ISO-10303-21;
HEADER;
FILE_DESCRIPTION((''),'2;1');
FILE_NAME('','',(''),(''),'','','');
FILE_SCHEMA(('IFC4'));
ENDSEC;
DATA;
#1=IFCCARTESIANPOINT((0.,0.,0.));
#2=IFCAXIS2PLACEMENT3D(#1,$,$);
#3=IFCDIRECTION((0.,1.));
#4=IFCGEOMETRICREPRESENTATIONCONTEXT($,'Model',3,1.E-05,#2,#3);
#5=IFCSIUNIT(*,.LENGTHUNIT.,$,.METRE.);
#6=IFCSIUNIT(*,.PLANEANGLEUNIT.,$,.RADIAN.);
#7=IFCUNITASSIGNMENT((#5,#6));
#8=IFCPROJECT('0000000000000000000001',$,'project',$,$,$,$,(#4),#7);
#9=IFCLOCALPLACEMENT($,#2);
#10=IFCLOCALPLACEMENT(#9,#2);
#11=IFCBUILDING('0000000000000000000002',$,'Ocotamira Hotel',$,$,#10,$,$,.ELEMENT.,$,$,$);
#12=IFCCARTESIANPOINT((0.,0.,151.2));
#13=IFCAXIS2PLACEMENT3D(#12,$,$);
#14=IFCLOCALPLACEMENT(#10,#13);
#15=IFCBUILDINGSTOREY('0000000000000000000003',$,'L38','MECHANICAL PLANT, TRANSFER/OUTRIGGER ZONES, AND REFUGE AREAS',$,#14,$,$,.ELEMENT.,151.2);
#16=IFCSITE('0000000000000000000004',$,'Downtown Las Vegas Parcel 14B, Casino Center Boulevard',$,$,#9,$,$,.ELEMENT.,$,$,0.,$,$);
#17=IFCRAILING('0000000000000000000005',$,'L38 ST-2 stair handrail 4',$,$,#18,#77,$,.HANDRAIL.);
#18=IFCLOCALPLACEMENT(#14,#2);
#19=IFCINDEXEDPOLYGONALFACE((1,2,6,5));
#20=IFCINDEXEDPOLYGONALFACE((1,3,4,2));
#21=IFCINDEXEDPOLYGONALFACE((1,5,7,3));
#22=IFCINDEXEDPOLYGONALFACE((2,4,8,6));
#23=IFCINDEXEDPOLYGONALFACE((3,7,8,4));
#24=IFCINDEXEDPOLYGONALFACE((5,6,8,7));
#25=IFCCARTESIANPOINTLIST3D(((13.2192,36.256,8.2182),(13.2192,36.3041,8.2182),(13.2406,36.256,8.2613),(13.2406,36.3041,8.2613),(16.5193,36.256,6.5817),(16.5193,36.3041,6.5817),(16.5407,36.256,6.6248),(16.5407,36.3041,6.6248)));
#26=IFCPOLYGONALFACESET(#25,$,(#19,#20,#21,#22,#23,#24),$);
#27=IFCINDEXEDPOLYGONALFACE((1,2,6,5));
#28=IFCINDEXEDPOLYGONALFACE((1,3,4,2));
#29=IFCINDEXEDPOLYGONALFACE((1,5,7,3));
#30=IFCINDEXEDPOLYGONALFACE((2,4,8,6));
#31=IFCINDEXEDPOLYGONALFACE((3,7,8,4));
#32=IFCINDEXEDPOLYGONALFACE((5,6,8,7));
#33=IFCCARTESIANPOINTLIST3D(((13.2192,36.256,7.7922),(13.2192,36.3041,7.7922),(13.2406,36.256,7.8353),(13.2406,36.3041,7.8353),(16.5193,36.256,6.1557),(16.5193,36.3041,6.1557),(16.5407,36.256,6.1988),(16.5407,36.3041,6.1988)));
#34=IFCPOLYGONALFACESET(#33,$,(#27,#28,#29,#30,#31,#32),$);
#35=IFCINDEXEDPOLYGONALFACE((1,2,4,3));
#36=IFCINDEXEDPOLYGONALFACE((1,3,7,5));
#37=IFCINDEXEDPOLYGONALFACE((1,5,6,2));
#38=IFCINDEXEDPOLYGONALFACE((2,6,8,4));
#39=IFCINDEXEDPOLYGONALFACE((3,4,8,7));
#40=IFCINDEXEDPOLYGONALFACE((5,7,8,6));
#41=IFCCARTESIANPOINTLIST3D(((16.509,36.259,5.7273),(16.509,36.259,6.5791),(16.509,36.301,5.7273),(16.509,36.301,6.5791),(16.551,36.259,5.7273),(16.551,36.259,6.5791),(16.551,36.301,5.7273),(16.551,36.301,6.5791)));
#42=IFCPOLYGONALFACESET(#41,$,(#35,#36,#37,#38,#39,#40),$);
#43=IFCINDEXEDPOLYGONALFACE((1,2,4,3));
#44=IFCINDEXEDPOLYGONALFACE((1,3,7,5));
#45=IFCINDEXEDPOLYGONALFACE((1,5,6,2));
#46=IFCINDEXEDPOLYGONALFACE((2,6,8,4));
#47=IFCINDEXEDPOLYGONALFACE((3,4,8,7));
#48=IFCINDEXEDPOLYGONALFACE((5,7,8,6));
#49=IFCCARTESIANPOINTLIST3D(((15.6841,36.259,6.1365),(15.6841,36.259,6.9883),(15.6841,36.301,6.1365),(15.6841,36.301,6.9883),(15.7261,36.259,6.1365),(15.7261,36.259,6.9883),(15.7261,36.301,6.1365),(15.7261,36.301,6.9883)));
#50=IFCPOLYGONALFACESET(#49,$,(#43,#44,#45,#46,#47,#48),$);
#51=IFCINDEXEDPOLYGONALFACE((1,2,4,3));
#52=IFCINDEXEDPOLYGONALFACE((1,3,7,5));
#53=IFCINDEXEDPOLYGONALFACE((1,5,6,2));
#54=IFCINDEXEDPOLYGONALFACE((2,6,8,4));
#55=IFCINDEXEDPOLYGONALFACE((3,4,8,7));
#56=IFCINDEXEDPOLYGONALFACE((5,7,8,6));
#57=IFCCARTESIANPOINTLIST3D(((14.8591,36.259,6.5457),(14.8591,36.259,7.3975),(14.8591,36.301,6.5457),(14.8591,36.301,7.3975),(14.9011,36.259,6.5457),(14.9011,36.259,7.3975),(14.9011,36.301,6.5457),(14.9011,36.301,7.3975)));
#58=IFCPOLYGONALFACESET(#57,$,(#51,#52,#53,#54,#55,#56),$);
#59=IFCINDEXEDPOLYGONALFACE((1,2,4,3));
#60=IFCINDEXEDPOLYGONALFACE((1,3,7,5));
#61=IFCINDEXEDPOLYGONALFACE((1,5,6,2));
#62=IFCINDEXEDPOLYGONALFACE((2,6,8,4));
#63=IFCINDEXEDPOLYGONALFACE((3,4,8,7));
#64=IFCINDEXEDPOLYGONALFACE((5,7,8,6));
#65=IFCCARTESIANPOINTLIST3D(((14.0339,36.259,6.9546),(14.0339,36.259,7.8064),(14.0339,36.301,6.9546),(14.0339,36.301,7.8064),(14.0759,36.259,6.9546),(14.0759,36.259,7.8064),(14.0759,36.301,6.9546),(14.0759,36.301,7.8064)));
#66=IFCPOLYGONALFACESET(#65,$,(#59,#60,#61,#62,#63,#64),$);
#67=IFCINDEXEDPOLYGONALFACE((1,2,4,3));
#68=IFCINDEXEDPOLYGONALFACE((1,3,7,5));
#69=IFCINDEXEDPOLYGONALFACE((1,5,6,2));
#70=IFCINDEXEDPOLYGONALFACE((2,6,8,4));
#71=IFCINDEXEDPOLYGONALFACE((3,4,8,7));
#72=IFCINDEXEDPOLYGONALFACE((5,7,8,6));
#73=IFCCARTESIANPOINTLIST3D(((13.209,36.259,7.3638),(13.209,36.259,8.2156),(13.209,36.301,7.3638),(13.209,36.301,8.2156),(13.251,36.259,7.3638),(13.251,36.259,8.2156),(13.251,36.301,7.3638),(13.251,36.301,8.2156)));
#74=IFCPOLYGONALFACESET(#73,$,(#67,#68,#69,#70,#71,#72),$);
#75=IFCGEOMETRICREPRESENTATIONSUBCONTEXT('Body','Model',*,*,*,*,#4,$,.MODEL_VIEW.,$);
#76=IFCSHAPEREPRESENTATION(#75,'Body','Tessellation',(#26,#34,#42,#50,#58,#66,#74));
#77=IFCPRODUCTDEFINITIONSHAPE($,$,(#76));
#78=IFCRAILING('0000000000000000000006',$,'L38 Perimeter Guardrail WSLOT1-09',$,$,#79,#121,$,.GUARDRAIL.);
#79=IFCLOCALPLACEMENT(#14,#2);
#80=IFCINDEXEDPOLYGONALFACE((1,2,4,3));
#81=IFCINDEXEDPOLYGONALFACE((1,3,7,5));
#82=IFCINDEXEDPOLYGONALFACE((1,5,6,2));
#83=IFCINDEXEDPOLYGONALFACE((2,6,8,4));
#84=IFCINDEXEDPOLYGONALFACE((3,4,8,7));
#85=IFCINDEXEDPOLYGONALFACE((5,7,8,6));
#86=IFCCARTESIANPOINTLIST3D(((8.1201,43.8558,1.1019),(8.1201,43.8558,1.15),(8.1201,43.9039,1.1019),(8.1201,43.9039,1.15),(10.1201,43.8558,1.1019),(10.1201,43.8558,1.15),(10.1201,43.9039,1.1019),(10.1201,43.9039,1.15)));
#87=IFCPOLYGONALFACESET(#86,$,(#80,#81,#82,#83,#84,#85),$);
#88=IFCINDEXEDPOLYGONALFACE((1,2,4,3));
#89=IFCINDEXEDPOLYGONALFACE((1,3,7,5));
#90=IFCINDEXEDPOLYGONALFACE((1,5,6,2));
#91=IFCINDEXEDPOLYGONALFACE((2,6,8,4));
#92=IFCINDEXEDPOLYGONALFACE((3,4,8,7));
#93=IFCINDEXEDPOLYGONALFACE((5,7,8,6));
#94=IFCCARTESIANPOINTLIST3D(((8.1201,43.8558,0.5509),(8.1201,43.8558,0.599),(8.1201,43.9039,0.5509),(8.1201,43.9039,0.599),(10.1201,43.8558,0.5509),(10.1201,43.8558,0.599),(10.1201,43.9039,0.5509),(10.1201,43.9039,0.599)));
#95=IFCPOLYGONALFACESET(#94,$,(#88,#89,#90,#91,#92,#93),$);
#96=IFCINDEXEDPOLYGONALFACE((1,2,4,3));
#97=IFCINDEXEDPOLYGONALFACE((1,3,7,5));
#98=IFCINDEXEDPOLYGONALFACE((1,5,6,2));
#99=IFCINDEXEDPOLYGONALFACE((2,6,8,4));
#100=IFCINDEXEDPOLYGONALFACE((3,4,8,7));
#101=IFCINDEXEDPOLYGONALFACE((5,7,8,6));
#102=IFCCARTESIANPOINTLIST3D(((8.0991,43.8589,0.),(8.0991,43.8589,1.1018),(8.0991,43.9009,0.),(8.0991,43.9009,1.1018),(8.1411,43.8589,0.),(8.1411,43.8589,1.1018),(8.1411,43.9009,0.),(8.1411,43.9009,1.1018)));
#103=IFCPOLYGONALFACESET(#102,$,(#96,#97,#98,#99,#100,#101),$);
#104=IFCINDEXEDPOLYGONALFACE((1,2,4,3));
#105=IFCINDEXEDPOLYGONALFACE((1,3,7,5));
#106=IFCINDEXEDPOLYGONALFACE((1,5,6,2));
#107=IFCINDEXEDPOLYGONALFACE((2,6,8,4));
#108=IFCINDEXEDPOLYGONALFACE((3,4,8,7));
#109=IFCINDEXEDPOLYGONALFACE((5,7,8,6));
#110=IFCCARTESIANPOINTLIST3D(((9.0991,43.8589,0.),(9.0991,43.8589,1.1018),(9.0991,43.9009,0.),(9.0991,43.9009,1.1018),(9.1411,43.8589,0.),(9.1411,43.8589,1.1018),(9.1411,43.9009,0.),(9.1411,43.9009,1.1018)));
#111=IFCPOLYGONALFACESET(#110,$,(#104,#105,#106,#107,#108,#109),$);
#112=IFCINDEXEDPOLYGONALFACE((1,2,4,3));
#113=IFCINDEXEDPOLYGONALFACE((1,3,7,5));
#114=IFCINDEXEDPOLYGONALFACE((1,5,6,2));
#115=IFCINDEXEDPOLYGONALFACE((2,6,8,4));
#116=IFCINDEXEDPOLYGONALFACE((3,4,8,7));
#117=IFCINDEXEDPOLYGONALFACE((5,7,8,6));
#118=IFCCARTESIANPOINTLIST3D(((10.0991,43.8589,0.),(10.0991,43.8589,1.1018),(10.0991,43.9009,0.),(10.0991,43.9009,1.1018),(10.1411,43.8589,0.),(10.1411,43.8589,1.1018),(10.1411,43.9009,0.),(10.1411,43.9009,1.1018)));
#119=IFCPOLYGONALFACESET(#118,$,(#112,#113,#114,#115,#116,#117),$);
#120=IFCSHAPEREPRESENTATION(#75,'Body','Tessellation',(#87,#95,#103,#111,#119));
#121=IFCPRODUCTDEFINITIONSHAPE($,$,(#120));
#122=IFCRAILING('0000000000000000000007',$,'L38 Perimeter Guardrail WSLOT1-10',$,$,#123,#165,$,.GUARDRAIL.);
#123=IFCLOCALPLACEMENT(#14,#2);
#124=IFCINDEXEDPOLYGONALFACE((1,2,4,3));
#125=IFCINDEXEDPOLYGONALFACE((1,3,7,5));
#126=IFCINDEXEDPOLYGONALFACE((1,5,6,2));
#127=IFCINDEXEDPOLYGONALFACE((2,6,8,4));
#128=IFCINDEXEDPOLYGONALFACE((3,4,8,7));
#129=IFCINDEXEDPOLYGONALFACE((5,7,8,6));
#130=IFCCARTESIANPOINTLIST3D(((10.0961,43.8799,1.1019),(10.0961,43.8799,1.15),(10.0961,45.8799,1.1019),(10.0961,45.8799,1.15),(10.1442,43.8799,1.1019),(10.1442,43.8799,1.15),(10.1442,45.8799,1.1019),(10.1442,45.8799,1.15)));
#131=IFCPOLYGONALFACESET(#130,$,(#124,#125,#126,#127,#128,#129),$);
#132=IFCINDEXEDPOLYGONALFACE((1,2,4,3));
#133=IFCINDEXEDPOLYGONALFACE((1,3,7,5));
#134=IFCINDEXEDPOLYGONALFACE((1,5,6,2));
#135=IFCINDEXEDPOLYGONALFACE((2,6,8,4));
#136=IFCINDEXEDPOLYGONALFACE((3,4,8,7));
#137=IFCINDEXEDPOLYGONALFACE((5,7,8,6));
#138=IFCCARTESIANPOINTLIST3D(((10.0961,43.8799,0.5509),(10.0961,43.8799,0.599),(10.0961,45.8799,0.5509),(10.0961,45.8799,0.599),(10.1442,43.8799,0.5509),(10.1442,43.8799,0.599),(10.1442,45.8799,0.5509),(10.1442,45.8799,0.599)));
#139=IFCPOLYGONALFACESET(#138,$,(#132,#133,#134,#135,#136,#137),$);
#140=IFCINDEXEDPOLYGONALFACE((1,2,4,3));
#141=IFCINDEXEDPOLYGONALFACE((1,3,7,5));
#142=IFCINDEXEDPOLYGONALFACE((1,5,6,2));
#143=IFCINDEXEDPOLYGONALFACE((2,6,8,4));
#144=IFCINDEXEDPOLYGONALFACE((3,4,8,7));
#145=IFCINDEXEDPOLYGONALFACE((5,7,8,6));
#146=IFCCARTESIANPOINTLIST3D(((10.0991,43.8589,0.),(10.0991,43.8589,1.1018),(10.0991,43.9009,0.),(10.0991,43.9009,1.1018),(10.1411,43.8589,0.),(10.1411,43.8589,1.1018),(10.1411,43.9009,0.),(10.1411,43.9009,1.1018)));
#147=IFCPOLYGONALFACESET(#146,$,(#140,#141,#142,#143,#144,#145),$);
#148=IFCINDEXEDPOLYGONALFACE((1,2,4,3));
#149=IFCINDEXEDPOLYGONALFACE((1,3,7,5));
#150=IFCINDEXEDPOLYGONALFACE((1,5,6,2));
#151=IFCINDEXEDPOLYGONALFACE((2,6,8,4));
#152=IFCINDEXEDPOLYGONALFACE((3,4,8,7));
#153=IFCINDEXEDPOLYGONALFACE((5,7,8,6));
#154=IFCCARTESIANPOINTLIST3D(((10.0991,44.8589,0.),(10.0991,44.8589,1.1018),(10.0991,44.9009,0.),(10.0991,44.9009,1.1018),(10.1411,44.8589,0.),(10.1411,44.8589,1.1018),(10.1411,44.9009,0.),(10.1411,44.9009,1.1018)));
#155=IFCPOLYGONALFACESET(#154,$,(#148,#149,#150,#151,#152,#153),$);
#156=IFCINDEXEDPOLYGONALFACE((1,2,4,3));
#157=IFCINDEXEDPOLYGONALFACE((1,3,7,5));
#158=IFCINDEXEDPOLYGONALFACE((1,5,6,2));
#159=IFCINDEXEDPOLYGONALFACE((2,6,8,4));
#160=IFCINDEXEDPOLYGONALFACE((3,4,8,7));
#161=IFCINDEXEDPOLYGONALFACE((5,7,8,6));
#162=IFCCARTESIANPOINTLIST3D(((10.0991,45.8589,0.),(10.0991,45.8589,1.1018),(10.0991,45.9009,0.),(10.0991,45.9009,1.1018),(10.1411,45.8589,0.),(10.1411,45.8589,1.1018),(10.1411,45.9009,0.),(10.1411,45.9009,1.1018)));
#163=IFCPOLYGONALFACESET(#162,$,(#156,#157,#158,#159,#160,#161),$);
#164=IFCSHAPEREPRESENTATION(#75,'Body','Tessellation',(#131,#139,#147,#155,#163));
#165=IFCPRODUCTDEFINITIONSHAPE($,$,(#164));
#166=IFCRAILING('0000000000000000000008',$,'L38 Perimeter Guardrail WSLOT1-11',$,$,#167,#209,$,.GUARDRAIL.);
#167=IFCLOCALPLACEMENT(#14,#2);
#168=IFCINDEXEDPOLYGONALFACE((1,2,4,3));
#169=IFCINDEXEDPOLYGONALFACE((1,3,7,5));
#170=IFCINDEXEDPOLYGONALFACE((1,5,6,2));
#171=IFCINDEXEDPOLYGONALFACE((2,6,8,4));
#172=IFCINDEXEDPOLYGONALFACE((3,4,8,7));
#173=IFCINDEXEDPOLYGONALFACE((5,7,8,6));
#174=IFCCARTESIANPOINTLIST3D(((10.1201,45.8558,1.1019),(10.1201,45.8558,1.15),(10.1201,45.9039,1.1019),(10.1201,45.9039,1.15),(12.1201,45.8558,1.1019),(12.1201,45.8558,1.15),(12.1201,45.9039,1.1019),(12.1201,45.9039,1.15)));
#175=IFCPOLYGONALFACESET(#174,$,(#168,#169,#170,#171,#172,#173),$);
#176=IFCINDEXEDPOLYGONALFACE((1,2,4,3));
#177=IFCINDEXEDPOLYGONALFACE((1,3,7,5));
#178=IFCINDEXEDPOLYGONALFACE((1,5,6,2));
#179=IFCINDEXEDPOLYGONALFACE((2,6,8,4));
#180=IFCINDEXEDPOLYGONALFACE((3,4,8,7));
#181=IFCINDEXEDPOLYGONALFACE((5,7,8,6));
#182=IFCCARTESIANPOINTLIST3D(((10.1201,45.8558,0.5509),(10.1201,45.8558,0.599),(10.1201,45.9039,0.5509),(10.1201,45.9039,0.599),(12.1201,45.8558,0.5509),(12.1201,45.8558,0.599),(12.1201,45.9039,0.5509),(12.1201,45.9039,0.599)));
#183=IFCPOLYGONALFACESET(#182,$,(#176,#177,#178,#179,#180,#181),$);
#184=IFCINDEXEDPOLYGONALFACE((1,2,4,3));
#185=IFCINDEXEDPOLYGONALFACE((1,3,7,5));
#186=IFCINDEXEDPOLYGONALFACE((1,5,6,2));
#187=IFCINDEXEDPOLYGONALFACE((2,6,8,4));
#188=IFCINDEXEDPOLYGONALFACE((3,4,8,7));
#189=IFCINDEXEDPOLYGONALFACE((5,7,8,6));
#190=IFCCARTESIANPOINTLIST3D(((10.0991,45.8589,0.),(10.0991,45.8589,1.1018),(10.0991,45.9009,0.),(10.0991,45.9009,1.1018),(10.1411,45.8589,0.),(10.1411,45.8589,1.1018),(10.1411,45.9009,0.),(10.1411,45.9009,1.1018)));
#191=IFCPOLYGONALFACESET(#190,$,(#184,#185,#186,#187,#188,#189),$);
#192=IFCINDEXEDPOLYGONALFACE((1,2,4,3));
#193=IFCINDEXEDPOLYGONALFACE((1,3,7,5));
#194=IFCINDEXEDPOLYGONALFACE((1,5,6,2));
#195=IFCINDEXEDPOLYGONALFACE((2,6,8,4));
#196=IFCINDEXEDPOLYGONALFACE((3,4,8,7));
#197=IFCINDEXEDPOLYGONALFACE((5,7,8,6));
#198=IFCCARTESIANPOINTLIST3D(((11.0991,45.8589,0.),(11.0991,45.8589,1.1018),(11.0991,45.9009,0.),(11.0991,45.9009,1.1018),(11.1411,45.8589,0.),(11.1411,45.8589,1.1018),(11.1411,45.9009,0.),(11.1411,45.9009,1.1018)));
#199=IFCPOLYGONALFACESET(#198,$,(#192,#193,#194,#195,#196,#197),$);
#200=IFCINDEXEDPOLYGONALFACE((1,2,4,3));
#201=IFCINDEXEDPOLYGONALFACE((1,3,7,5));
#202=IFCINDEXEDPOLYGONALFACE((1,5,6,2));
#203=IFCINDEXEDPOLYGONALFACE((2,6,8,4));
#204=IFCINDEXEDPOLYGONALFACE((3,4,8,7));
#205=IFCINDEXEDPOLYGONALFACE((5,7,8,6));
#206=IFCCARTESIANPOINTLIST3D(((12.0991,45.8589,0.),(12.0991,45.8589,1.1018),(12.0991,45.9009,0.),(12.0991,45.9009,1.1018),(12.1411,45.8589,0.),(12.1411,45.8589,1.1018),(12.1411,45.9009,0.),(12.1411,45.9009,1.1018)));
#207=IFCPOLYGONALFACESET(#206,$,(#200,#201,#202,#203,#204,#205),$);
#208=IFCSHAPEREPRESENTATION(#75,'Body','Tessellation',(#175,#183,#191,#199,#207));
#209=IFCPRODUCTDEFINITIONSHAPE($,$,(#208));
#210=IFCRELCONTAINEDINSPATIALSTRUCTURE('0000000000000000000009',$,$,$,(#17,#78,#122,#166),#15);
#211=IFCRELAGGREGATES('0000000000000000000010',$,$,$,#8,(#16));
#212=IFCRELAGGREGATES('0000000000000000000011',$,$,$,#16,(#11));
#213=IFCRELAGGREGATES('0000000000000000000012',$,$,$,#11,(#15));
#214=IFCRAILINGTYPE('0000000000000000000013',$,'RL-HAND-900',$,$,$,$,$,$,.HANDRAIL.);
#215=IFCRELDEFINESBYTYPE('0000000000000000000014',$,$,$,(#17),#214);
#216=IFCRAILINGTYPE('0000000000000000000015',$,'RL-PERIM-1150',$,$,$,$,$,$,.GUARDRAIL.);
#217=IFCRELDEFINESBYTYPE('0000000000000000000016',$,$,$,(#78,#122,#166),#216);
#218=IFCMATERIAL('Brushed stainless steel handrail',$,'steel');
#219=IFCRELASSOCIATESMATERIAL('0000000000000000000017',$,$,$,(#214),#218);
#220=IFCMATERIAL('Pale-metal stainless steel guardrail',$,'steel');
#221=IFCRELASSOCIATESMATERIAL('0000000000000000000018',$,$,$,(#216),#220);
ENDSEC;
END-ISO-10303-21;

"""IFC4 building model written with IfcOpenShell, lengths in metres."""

from ifc_helpers import new_model, si_unit, direction, frame, origin, origin_2d, place, context, subcontext, project, spatial, rectangle, extrude, material, type_object, element, save


model = new_model("IFC4")

# Units and contexts
model_context = context("Model", 3, precision=1e-05, world=origin(), true_north=direction((0.0, 1.0)))
body_context = subcontext(model_context, "Body", "Model", "MODEL_VIEW")
ifc_project = project(units=[si_unit("LENGTHUNIT", "METRE"), si_unit("PLANEANGLEUNIT", "RADIAN")], contexts=[model_context])

# Site, building, storey
site_placement = place(None, origin())
site = spatial("IfcSite", under=ifc_project, at=site_placement, Name="Downtown Las Vegas Parcel 14B, Casino Center Boulevard", CompositionType="ELEMENT", RefElevation=0.0)
building_placement = place(site_placement, origin())
building = spatial("IfcBuilding", under=site, at=building_placement, Name="Ocotamira Hotel", CompositionType="ELEMENT")
storey_placement = place(building_placement, frame((0.0, 0.0, 151.2)))
storey = spatial("IfcBuildingStorey", under=building, at=storey_placement, Name="L38", Description="MECHANICAL PLANT, TRANSFER/OUTRIGGER ZONES, AND REFUGE AREAS", CompositionType="ELEMENT", Elevation=151.2)

# Railings
ifc_material_1 = material(Name="Brushed stainless steel handrail", Category="steel")
railing_type_1 = type_object("IfcRailingType", Name="RL-HAND-900", PredefinedType="HANDRAIL", material=ifc_material_1)
railing_1_placement = place(storey_placement, frame((16.53, 36.28, 5.7273)))
element("IfcRailing", 1, at=railing_1_placement, inside=storey, type_object=railing_type_1, Name="L38 ST-2 stair handrail 4", PredefinedType="HANDRAIL", context=body_context, shape_type="SweptSolid", body=[
    extrude(rectangle(XDim=0.0481, YDim=0.0481, at=origin_2d()), frame((0.0, 0.0, 0.876), z_axis=(-0.895894, 0.0, 0.444268), x_axis=(0.0, -1.0, 0.0)), (0.0, 0.0, 1.0), 3.6836),
    extrude(rectangle(XDim=0.0481, YDim=0.0481, at=origin_2d()), frame((0.0, 0.0, 0.45), z_axis=(-0.895894, 0.0, 0.444268), x_axis=(0.0, -1.0, 0.0)), (0.0, 0.0, 1.0), 3.6836),
    extrude(rectangle(XDim=0.042, YDim=0.042, at=origin_2d()), origin(), (0.0, 0.0, 1.0), 0.8518),
    extrude(rectangle(XDim=0.042, YDim=0.042, at=origin_2d()), frame((-0.825, 0.0, 0.4092)), (0.0, 0.0, 1.0), 0.8518),
    extrude(rectangle(XDim=0.042, YDim=0.042, at=origin_2d()), frame((-1.6499, 0.0, 0.8184)), (0.0, 0.0, 1.0), 0.8518),
    extrude(rectangle(XDim=0.042, YDim=0.042, at=origin_2d()), frame((-2.4751, 0.0, 1.2273)), (0.0, 0.0, 1.0), 0.8518),
    extrude(rectangle(XDim=0.042, YDim=0.042, at=origin_2d()), frame((-3.3, 0.0, 1.6365)), (0.0, 0.0, 1.0), 0.8518),
])
ifc_material_2 = material(Name="Pale-metal stainless steel guardrail", Category="steel")
railing_type_2 = type_object("IfcRailingType", Name="RL-PERIM-1150", PredefinedType="GUARDRAIL", material=ifc_material_2)
railing_2_placement = place(storey_placement, frame((8.1201, 43.8799, 0.0)))
element("IfcRailing", 2, at=railing_2_placement, inside=storey, type_object=railing_type_2, Name="L38 Perimeter Guardrail WSLOT1-09", PredefinedType="GUARDRAIL", context=body_context, shape_type="SweptSolid", body=[
    extrude(rectangle(XDim=0.0481, YDim=0.0481, at=origin_2d()), frame((0.0, 0.0, 1.126), z_axis=(1.0, 0.0, 0.0), x_axis=(0.0, 1.0, 0.0)), (0.0, 0.0, 1.0), 2.0),
    extrude(rectangle(XDim=0.0481, YDim=0.0481, at=origin_2d()), frame((0.0, 0.0, 0.575), z_axis=(1.0, 0.0, 0.0), x_axis=(0.0, 1.0, 0.0)), (0.0, 0.0, 1.0), 2.0),
    extrude(rectangle(XDim=0.042, YDim=0.042, at=origin_2d()), origin(), (0.0, 0.0, 1.0), 1.1018),
    extrude(rectangle(XDim=0.042, YDim=0.042, at=origin_2d()), frame((1.0, 0.0, 0.0)), (0.0, 0.0, 1.0), 1.1018),
    extrude(rectangle(XDim=0.042, YDim=0.042, at=origin_2d()), frame((2.0, 0.0, 0.0)), (0.0, 0.0, 1.0), 1.1018),
])
railing_3_placement = place(storey_placement, frame((10.1201, 43.8799, 0.0)))
element("IfcRailing", 3, at=railing_3_placement, inside=storey, type_object=railing_type_2, Name="L38 Perimeter Guardrail WSLOT1-10", PredefinedType="GUARDRAIL", context=body_context, shape_type="SweptSolid", body=[
    extrude(rectangle(XDim=0.0481, YDim=0.0481, at=origin_2d()), frame((0.0, 0.0, 1.126), z_axis=(0.0, 1.0, 0.0), x_axis=(-1.0, 0.0, 0.0)), (0.0, 0.0, 1.0), 2.0),
    extrude(rectangle(XDim=0.0481, YDim=0.0481, at=origin_2d()), frame((0.0, 0.0, 0.575), z_axis=(0.0, 1.0, 0.0), x_axis=(-1.0, 0.0, 0.0)), (0.0, 0.0, 1.0), 2.0),
    extrude(rectangle(XDim=0.042, YDim=0.042, at=origin_2d()), origin(), (0.0, 0.0, 1.0), 1.1018),
    extrude(rectangle(XDim=0.042, YDim=0.042, at=origin_2d()), frame((0.0, 1.0, 0.0)), (0.0, 0.0, 1.0), 1.1018),
    extrude(rectangle(XDim=0.042, YDim=0.042, at=origin_2d()), frame((0.0, 2.0, 0.0)), (0.0, 0.0, 1.0), 1.1018),
])
railing_4_placement = place(storey_placement, frame((10.1201, 45.8799, 0.0)))
element("IfcRailing", 4, at=railing_4_placement, inside=storey, type_object=railing_type_2, Name="L38 Perimeter Guardrail WSLOT1-11", PredefinedType="GUARDRAIL", context=body_context, shape_type="SweptSolid", body=[
    extrude(rectangle(XDim=0.0481, YDim=0.0481, at=origin_2d()), frame((0.0, 0.0, 1.126), z_axis=(1.0, 0.0, 0.0), x_axis=(0.0, 1.0, 0.0)), (0.0, 0.0, 1.0), 2.0),
    extrude(rectangle(XDim=0.0481, YDim=0.0481, at=origin_2d()), frame((0.0, 0.0, 0.575), z_axis=(1.0, 0.0, 0.0), x_axis=(0.0, 1.0, 0.0)), (0.0, 0.0, 1.0), 2.0),
    extrude(rectangle(XDim=0.042, YDim=0.042, at=origin_2d()), origin(), (0.0, 0.0, 1.0), 1.1018),
    extrude(rectangle(XDim=0.042, YDim=0.042, at=origin_2d()), frame((1.0, 0.0, 0.0)), (0.0, 0.0, 1.0), 1.1018),
    extrude(rectangle(XDim=0.042, YDim=0.042, at=origin_2d()), frame((2.0, 0.0, 0.0)), (0.0, 0.0, 1.0), 1.1018),
])

save(model, "model.ifc")
